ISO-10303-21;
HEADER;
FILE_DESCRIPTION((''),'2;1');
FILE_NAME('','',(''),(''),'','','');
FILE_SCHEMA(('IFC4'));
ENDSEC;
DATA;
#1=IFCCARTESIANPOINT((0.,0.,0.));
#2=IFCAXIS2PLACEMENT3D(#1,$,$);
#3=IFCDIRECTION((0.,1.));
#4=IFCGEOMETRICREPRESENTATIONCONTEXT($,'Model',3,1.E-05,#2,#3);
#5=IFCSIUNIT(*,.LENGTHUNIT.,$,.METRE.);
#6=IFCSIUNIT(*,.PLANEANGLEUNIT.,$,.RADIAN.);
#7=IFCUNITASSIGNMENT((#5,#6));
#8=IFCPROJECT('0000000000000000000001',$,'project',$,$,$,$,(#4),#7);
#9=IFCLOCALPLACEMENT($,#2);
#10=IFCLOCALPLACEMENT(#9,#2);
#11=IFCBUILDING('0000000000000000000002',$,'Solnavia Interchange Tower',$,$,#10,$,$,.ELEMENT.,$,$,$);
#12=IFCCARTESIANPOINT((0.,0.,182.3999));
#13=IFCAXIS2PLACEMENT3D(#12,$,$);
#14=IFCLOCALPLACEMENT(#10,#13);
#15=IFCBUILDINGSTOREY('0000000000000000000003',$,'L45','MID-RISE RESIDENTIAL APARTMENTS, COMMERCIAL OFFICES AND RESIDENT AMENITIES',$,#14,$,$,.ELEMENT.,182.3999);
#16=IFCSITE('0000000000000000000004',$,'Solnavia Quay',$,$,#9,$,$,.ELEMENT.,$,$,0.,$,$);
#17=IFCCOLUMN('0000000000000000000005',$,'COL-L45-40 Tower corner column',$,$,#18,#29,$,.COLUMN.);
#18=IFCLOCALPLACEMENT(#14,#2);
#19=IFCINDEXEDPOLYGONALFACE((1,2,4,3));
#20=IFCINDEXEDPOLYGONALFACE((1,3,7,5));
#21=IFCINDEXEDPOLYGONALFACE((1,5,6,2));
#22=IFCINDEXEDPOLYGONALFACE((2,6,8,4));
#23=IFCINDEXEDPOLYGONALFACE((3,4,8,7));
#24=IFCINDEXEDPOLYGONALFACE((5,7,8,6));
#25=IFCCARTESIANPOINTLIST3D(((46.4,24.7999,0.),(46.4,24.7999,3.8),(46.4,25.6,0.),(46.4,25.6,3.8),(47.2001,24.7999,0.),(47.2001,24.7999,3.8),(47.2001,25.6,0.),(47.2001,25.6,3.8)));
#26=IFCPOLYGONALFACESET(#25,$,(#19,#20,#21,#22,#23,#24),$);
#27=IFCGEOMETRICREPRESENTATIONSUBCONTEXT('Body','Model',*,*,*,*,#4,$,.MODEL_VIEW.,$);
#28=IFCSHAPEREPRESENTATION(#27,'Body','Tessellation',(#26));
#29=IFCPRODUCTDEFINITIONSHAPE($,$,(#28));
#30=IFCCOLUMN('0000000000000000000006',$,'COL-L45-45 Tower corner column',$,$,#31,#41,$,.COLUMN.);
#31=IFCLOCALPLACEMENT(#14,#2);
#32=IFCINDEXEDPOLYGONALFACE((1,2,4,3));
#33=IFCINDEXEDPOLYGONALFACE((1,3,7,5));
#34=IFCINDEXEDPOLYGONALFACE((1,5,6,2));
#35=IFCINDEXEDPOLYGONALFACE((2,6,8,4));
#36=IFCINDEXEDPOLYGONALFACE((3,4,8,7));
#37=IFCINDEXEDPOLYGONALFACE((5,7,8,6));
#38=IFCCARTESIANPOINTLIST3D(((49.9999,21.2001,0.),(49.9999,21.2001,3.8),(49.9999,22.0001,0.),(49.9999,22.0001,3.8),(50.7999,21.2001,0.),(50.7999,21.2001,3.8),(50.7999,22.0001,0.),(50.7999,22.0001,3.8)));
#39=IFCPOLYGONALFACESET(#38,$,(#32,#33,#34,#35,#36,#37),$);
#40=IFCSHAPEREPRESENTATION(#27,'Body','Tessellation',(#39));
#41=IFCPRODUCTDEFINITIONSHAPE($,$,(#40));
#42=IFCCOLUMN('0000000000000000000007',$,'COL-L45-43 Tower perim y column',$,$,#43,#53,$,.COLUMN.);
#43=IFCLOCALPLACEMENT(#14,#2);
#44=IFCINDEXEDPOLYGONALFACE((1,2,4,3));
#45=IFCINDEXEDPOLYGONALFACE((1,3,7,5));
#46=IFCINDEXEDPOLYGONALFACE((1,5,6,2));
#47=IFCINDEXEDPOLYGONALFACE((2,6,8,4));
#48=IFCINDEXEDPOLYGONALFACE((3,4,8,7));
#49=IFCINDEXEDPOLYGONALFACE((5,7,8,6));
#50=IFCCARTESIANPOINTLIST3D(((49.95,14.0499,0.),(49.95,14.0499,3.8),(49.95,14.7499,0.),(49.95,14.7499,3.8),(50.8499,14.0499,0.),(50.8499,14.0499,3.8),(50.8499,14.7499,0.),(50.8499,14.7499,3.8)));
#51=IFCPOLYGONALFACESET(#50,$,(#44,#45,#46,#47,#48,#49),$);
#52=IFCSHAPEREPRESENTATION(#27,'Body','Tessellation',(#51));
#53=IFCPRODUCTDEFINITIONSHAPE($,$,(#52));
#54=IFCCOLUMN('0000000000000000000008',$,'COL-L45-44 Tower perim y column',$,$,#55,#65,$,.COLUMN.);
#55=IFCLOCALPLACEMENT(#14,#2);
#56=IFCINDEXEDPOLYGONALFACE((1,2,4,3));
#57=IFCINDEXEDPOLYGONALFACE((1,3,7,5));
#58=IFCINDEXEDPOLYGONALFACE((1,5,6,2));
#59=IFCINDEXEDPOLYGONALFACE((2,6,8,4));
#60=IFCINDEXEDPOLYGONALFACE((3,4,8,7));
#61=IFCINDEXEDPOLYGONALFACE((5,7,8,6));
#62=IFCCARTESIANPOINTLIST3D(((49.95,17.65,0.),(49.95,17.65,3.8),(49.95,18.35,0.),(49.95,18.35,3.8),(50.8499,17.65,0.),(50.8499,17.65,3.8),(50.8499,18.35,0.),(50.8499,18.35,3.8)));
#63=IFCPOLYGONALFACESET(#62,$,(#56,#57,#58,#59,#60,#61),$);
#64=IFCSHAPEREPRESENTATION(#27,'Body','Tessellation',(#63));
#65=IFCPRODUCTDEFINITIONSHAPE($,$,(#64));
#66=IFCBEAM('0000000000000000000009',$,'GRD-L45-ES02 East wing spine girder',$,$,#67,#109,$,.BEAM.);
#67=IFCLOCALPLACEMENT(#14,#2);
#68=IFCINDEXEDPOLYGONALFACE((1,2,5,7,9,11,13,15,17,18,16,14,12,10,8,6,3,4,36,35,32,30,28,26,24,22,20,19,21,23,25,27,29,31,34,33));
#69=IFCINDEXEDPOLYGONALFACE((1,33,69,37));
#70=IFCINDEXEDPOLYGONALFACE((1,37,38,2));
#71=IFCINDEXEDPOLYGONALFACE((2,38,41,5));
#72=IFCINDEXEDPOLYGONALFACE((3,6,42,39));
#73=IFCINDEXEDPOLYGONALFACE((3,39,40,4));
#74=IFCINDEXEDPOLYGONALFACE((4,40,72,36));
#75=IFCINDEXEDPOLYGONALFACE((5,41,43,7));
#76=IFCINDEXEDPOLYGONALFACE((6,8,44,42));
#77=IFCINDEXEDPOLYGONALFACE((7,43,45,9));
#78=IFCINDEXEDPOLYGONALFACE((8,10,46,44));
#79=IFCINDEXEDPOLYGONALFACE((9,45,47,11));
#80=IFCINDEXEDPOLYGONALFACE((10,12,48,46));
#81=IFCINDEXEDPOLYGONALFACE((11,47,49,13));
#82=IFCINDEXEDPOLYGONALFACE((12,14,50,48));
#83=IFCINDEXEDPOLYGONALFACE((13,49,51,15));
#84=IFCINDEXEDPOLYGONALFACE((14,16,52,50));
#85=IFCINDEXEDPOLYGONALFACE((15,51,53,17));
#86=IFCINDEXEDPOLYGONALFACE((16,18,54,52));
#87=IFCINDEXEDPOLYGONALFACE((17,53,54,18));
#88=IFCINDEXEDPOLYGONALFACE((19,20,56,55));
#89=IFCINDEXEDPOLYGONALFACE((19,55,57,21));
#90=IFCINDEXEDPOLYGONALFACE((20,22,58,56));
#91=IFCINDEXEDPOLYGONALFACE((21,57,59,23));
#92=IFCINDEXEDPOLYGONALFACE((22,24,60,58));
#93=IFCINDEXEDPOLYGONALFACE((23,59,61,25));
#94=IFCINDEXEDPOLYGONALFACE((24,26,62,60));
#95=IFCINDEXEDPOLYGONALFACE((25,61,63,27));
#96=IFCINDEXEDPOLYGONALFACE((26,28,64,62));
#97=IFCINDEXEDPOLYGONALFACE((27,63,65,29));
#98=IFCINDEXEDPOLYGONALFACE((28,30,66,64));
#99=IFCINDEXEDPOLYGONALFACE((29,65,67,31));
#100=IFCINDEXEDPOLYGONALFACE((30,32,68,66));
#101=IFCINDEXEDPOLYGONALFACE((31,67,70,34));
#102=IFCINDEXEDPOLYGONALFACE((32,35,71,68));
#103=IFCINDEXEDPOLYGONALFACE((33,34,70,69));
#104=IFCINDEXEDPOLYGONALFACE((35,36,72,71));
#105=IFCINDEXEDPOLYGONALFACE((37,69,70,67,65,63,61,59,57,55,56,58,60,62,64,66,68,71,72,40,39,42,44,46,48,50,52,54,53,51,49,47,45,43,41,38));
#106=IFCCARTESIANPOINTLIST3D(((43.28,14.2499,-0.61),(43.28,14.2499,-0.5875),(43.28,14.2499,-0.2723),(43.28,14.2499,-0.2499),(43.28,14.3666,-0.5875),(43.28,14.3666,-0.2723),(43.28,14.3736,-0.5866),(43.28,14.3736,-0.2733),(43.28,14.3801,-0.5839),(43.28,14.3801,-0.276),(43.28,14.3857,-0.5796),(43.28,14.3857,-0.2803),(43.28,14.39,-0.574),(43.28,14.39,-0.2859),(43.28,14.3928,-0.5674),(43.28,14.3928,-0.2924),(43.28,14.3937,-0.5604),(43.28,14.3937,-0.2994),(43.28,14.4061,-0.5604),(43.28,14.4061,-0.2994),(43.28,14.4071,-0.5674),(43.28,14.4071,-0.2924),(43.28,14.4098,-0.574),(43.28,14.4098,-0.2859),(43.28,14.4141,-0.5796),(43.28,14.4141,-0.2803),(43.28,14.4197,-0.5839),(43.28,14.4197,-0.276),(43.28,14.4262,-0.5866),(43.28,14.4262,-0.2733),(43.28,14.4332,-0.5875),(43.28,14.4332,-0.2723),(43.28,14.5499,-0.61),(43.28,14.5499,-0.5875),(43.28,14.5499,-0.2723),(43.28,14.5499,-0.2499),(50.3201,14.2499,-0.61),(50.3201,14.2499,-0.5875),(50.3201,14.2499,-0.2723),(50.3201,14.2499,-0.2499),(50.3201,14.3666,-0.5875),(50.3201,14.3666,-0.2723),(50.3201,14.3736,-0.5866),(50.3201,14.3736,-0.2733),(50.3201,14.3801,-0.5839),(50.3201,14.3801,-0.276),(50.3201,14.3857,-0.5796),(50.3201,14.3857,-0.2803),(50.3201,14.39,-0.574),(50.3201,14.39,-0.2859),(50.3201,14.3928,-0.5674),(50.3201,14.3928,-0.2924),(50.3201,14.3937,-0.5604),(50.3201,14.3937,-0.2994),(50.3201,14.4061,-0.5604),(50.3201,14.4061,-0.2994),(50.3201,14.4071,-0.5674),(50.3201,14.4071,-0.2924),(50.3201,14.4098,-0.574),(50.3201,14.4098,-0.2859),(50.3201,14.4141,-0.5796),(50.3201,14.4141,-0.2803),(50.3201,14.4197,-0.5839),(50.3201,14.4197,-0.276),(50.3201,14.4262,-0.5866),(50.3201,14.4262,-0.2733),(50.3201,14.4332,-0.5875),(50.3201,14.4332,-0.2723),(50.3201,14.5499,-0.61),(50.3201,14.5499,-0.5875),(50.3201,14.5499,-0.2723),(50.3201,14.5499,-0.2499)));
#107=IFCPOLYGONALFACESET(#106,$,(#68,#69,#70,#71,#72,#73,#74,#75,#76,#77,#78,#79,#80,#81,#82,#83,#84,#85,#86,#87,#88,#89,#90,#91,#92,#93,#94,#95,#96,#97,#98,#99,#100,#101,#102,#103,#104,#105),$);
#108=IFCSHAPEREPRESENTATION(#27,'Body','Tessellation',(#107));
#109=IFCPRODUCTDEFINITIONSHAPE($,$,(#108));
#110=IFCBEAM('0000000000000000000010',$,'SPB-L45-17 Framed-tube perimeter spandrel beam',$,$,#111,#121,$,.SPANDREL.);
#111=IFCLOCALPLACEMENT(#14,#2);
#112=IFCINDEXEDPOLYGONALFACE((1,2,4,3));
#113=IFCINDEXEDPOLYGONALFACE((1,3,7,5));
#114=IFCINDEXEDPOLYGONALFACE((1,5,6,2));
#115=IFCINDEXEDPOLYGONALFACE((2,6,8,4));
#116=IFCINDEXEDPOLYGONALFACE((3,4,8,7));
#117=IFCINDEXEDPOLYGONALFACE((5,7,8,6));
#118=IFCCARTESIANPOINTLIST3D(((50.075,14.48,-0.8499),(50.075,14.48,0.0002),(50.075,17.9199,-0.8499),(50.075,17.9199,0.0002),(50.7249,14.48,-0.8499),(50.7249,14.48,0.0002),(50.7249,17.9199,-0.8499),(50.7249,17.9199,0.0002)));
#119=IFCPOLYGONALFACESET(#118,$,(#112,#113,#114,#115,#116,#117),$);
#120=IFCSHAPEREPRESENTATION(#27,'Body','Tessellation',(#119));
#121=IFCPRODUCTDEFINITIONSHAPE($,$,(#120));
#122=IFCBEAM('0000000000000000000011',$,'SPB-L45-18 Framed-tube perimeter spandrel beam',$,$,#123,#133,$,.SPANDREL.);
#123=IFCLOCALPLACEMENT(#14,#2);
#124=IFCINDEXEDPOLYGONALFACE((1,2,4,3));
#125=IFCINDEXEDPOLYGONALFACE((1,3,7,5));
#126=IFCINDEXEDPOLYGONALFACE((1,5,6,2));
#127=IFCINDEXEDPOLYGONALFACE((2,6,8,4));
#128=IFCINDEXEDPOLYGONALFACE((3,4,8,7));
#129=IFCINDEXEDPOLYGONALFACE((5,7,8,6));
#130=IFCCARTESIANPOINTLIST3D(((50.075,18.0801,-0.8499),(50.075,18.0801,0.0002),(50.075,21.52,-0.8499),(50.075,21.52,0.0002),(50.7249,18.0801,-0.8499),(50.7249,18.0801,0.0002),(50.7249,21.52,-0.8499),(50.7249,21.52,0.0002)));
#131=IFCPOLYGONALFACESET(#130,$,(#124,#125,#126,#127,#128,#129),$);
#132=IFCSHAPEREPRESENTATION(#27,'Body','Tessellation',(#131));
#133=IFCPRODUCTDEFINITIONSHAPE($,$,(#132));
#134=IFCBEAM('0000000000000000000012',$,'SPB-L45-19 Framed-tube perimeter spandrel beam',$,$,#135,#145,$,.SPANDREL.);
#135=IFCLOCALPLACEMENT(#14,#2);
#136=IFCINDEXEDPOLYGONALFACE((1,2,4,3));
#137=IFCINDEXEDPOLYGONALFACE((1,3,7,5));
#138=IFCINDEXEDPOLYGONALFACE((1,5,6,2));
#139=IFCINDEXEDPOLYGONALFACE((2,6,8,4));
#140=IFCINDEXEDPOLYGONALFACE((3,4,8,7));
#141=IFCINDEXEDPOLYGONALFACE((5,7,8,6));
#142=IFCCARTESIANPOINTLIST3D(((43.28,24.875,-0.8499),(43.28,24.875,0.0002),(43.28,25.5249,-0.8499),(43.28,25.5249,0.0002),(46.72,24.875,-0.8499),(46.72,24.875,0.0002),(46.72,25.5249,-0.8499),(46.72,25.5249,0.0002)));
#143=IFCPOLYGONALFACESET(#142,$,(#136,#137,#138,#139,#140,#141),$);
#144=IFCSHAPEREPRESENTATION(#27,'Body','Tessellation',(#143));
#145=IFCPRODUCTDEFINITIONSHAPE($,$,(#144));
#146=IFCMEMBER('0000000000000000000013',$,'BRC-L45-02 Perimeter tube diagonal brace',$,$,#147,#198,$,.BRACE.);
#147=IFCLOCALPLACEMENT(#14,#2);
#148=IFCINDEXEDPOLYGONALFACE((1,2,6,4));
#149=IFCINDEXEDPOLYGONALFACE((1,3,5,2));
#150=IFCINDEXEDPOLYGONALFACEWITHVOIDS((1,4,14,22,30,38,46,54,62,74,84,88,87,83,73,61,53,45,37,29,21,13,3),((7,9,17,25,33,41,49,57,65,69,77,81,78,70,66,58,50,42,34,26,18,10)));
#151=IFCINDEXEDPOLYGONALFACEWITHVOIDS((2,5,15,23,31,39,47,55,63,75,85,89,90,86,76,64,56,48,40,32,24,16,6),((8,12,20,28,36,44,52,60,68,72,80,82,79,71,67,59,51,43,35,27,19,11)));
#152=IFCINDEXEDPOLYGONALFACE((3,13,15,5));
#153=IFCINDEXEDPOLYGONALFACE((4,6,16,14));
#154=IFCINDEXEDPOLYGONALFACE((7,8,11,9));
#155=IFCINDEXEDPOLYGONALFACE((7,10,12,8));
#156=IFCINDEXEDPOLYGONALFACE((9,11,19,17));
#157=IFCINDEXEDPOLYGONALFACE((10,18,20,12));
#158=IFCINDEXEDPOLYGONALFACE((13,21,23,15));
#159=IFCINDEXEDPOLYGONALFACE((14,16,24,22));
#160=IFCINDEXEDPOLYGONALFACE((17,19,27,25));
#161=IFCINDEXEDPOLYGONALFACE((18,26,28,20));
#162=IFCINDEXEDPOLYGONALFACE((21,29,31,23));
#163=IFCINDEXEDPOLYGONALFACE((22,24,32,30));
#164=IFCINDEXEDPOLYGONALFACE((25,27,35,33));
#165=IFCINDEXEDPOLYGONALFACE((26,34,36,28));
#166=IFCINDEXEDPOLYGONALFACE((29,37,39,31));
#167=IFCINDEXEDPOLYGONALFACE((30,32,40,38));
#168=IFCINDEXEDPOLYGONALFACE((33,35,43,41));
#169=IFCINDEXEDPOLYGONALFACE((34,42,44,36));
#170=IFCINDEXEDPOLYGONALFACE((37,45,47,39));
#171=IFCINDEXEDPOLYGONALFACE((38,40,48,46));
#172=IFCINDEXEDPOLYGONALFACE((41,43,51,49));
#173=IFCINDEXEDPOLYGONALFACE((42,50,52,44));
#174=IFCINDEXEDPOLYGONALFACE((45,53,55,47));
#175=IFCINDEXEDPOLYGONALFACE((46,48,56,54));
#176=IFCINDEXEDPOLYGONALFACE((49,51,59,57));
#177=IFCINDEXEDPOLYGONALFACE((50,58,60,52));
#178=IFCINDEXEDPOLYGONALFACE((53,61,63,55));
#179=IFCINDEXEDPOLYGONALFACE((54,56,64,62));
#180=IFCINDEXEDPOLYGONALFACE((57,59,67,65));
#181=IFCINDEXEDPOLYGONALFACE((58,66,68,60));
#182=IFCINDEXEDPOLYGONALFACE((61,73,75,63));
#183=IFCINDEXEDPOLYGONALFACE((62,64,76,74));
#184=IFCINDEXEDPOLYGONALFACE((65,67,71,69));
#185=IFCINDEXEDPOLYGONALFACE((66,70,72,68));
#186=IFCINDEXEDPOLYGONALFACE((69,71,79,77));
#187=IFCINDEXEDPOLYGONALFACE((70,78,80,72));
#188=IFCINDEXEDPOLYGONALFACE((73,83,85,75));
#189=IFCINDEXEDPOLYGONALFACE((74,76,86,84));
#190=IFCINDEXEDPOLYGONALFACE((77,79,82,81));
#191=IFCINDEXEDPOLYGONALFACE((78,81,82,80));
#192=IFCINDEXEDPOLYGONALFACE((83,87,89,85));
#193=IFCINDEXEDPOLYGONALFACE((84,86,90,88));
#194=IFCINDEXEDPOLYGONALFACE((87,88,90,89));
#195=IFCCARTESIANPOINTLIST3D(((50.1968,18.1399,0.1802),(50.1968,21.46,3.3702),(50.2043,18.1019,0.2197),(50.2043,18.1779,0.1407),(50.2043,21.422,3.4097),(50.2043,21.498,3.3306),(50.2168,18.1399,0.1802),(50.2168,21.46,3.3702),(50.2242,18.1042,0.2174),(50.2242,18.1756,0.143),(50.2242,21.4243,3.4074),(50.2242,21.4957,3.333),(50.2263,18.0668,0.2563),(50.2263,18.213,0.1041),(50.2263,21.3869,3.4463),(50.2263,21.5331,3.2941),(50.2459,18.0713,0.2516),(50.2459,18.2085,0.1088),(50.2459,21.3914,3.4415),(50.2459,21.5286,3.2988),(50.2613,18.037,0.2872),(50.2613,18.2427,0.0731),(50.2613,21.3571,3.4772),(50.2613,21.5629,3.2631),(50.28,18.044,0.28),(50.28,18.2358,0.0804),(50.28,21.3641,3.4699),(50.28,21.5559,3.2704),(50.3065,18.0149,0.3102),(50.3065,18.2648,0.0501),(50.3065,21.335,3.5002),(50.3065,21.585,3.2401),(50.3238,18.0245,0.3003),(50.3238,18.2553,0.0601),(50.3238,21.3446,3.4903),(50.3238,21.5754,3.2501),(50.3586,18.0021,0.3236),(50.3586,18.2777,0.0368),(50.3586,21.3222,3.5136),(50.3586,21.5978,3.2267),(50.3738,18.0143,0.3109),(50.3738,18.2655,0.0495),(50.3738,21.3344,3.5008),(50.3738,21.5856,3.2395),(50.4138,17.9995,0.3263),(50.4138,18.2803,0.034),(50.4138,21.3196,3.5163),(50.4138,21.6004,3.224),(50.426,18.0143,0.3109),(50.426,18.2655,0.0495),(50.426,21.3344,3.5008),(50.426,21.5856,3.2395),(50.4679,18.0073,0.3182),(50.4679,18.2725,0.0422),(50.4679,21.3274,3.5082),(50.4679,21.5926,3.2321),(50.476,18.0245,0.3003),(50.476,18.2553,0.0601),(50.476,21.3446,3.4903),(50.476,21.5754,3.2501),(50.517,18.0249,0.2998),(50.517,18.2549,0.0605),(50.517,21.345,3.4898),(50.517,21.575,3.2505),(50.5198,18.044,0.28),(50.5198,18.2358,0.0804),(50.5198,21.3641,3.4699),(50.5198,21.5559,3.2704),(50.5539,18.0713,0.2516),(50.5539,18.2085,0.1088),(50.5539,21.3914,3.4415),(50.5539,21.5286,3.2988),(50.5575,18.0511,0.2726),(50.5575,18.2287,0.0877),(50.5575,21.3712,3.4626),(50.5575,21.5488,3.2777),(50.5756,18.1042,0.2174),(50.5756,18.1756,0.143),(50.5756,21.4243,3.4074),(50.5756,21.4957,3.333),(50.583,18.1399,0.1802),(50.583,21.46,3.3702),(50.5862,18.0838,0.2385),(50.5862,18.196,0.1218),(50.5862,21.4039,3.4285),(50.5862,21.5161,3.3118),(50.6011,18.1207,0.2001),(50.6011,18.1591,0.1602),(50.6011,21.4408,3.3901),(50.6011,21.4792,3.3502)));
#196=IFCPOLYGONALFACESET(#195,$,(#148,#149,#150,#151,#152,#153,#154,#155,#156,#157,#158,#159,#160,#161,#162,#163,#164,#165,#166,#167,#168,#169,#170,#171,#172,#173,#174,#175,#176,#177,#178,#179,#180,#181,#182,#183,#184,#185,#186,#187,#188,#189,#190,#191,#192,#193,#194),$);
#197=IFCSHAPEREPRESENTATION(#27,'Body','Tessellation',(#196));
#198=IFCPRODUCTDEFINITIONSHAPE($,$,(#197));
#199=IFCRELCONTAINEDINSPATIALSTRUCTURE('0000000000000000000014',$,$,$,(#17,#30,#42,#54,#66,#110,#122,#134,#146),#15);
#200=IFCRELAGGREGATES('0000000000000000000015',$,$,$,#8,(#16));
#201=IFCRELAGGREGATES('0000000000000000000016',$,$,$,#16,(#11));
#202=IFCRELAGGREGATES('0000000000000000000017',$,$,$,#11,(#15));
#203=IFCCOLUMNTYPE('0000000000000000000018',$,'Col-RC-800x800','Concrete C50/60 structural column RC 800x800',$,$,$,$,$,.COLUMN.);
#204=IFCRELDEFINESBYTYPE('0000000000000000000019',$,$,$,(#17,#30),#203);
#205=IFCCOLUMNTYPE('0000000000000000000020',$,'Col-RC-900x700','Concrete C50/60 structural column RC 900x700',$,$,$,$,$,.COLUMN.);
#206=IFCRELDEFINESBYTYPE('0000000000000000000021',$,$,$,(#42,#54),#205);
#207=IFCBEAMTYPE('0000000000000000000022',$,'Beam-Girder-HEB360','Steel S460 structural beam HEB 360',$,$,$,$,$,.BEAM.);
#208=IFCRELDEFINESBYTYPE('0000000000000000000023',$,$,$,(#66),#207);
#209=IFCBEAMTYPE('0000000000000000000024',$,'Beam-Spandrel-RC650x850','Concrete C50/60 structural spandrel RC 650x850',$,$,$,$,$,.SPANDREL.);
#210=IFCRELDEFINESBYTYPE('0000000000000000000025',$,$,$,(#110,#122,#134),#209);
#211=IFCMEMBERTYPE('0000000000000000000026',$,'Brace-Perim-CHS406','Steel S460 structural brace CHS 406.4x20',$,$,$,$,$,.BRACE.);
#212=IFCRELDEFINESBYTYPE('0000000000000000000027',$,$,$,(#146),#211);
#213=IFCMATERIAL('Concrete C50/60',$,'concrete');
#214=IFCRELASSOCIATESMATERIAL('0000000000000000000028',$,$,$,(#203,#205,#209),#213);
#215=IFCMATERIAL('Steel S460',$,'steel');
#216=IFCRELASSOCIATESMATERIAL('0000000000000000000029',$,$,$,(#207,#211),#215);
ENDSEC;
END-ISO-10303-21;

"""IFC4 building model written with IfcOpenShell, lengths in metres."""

from ifc_helpers import new_model, si_unit, direction, frame, origin, origin_2d, place, context, subcontext, project, spatial, rectangle, hollow_circle, i_section, extrude, material, material_profile, profile_set, type_object, element, save


model = new_model("IFC4")

# Units and contexts
model_context = context("Model", 3, precision=1e-05, world=origin(), true_north=direction((0.0, 1.0)))
body_context = subcontext(model_context, "Body", "Model", "MODEL_VIEW")
ifc_project = project(units=[si_unit("LENGTHUNIT", "METRE"), si_unit("PLANEANGLEUNIT", "RADIAN")], contexts=[model_context])

# Site, building, storey
site_placement = place(None, origin())
site = spatial("IfcSite", under=ifc_project, at=site_placement, Name="Solnavia Quay", CompositionType="ELEMENT", RefElevation=0.0)
building_placement = place(site_placement, origin())
building = spatial("IfcBuilding", under=site, at=building_placement, Name="Solnavia Interchange Tower", CompositionType="ELEMENT")
storey_placement = place(building_placement, frame((0.0, 0.0, 182.3999)))
storey = spatial("IfcBuildingStorey", under=building, at=storey_placement, Name="L45", Description="MID-RISE RESIDENTIAL APARTMENTS, COMMERCIAL OFFICES AND RESIDENT AMENITIES", CompositionType="ELEMENT", Elevation=182.3999)

# Columns
ifc_material_1 = material(Name="Concrete C50/60", Category="concrete")
ifc_material_profile_1 = material_profile(ifc_material_1, rectangle(XDim=0.8, YDim=0.8, at=origin_2d()), Name="RC 800x800")
ifc_profile_set_1 = profile_set([ifc_material_profile_1], Name="Concrete C50/60")
column_type_1 = type_object("IfcColumnType", Name="Col-RC-800x800", Description="Concrete C50/60 structural column RC 800x800", PredefinedType="COLUMN", material=ifc_profile_set_1)
for number, where, z_axis, x_axis, name in (
    (1, (46.8, 25.2, 0.0), (0.0, 0.0, 1.0), (1.0, 0.0, 0.0), "COL-L45-40 Tower corner column"),
    (2, (50.3999, 21.6001, 0.0), (0.0, 0.0, 1.0), (0.0, 1.0, 0.0), "COL-L45-45 Tower corner column"),
):
    element("IfcColumn", number, at=place(storey_placement, frame(where, z_axis=z_axis, x_axis=x_axis)), inside=storey, type_object=column_type_1, Name=name, PredefinedType="COLUMN", context=body_context, shape_type="SweptSolid", body=[
        extrude(rectangle(XDim=0.8, YDim=0.8, at=origin_2d()), origin(), (0.0, 0.0, 1.0), 3.8),
    ])
ifc_material_profile_2 = material_profile(ifc_material_1, rectangle(XDim=0.7, YDim=0.8999, at=origin_2d()), Name="RC 900x700")
ifc_profile_set_2 = profile_set([ifc_material_profile_2], Name="Concrete C50/60")
column_type_2 = type_object("IfcColumnType", Name="Col-RC-900x700", Description="Concrete C50/60 structural column RC 900x700", PredefinedType="COLUMN", material=ifc_profile_set_2)
for number, where, z_axis, x_axis, name in (
    (3, (50.3999, 14.3999, 0.0), (0.0, 0.0, 1.0), (0.0, 1.0, 0.0), "COL-L45-43 Tower perim y column"),
    (4, (50.3999, 18.0, 0.0), (0.0, 0.0, 1.0), (0.0, 1.0, 0.0), "COL-L45-44 Tower perim y column"),
):
    element("IfcColumn", number, at=place(storey_placement, frame(where, z_axis=z_axis, x_axis=x_axis)), inside=storey, type_object=column_type_2, Name=name, PredefinedType="COLUMN", context=body_context, shape_type="SweptSolid", body=[
        extrude(rectangle(XDim=0.7, YDim=0.8999, at=origin_2d()), origin(), (0.0, 0.0, 1.0), 3.8),
    ])

# Beams
ifc_material_2 = material(Name="Steel S460", Category="steel")
ifc_material_profile_3 = material_profile(ifc_material_2, i_section(OverallWidth=0.3, OverallDepth=0.3601, WebThickness=0.0125, FlangeThickness=0.0225, FilletRadius=0.0271, at=origin_2d()), Name="HEB 360")
ifc_profile_set_3 = profile_set([ifc_material_profile_3], Name="Steel S460")
beam_type_1 = type_object("IfcBeamType", Name="Beam-Girder-HEB360", Description="Steel S460 structural beam HEB 360", PredefinedType="BEAM", material=ifc_profile_set_3)
beam_placement = place(storey_placement, frame((43.28, 14.3999, -0.4299), z_axis=(1.0, 0.0, 0.0), x_axis=(0.0, 1.0, 0.0)))
element("IfcBeam", 5, at=beam_placement, inside=storey, type_object=beam_type_1, Name="GRD-L45-ES02 East wing spine girder", PredefinedType="BEAM", context=body_context, shape_type="SweptSolid", body=[
    extrude(i_section(OverallWidth=0.3, OverallDepth=0.3601, WebThickness=0.0125, FlangeThickness=0.0225, FilletRadius=0.0271, at=origin_2d()), origin(), (0.0, 0.0, 1.0), 7.04),
])
ifc_material_profile_4 = material_profile(ifc_material_1, rectangle(XDim=0.6499, YDim=0.8501, at=origin_2d()), Name="RC 650x850")
ifc_profile_set_4 = profile_set([ifc_material_profile_4], Name="Concrete C50/60")
beam_type_2 = type_object("IfcBeamType", Name="Beam-Spandrel-RC650x850", Description="Concrete C50/60 structural spandrel RC 650x850", PredefinedType="SPANDREL", material=ifc_profile_set_4)
for number, where, z_axis, x_axis, name in (
    (6, (50.3999, 14.48, -0.4248), (0.0, 1.0, 0.0), (-1.0, 0.0, 0.0), "SPB-L45-17 Framed-tube perimeter spandrel beam"),
    (7, (50.3999, 18.0801, -0.4248), (0.0, 1.0, 0.0), (-1.0, 0.0, 0.0), "SPB-L45-18 Framed-tube perimeter spandrel beam"),
    (8, (46.72, 25.2, -0.4248), (-1.0, 0.0, 0.0), (0.0, -1.0, 0.0), "SPB-L45-19 Framed-tube perimeter spandrel beam"),
):
    element("IfcBeam", number, at=place(storey_placement, frame(where, z_axis=z_axis, x_axis=x_axis)), inside=storey, type_object=beam_type_2, Name=name, PredefinedType="SPANDREL", context=body_context, shape_type="SweptSolid", body=[
        extrude(rectangle(XDim=0.6499, YDim=0.8501, at=origin_2d()), origin(), (0.0, 0.0, 1.0), 3.4399),
    ])

# Member
ifc_material_profile_5 = material_profile(ifc_material_2, hollow_circle(Radius=0.2031, WallThickness=0.02, at=origin_2d()), Name="CHS 406.4x20")
ifc_profile_set_5 = profile_set([ifc_material_profile_5], Name="Steel S460")
member_type = type_object("IfcMemberType", Name="Brace-Perim-CHS406", Description="Steel S460 structural brace CHS 406.4x20", PredefinedType="BRACE", material=ifc_profile_set_5)
member_placement = place(storey_placement, frame((50.3999, 18.1399, 0.1802), z_axis=(0.0, 0.721097, 0.692834), x_axis=(-1.0, 0.0, 0.0)))
element("IfcMember", 9, at=member_placement, inside=storey, type_object=member_type, Name="BRC-L45-02 Perimeter tube diagonal brace", PredefinedType="BRACE", context=body_context, shape_type="SweptSolid", body=[
    extrude(hollow_circle(Radius=0.2031, WallThickness=0.02, at=origin_2d()), origin(), (0.0, 0.0, 1.0), 4.6042),
])

save(model, "model.ifc")
